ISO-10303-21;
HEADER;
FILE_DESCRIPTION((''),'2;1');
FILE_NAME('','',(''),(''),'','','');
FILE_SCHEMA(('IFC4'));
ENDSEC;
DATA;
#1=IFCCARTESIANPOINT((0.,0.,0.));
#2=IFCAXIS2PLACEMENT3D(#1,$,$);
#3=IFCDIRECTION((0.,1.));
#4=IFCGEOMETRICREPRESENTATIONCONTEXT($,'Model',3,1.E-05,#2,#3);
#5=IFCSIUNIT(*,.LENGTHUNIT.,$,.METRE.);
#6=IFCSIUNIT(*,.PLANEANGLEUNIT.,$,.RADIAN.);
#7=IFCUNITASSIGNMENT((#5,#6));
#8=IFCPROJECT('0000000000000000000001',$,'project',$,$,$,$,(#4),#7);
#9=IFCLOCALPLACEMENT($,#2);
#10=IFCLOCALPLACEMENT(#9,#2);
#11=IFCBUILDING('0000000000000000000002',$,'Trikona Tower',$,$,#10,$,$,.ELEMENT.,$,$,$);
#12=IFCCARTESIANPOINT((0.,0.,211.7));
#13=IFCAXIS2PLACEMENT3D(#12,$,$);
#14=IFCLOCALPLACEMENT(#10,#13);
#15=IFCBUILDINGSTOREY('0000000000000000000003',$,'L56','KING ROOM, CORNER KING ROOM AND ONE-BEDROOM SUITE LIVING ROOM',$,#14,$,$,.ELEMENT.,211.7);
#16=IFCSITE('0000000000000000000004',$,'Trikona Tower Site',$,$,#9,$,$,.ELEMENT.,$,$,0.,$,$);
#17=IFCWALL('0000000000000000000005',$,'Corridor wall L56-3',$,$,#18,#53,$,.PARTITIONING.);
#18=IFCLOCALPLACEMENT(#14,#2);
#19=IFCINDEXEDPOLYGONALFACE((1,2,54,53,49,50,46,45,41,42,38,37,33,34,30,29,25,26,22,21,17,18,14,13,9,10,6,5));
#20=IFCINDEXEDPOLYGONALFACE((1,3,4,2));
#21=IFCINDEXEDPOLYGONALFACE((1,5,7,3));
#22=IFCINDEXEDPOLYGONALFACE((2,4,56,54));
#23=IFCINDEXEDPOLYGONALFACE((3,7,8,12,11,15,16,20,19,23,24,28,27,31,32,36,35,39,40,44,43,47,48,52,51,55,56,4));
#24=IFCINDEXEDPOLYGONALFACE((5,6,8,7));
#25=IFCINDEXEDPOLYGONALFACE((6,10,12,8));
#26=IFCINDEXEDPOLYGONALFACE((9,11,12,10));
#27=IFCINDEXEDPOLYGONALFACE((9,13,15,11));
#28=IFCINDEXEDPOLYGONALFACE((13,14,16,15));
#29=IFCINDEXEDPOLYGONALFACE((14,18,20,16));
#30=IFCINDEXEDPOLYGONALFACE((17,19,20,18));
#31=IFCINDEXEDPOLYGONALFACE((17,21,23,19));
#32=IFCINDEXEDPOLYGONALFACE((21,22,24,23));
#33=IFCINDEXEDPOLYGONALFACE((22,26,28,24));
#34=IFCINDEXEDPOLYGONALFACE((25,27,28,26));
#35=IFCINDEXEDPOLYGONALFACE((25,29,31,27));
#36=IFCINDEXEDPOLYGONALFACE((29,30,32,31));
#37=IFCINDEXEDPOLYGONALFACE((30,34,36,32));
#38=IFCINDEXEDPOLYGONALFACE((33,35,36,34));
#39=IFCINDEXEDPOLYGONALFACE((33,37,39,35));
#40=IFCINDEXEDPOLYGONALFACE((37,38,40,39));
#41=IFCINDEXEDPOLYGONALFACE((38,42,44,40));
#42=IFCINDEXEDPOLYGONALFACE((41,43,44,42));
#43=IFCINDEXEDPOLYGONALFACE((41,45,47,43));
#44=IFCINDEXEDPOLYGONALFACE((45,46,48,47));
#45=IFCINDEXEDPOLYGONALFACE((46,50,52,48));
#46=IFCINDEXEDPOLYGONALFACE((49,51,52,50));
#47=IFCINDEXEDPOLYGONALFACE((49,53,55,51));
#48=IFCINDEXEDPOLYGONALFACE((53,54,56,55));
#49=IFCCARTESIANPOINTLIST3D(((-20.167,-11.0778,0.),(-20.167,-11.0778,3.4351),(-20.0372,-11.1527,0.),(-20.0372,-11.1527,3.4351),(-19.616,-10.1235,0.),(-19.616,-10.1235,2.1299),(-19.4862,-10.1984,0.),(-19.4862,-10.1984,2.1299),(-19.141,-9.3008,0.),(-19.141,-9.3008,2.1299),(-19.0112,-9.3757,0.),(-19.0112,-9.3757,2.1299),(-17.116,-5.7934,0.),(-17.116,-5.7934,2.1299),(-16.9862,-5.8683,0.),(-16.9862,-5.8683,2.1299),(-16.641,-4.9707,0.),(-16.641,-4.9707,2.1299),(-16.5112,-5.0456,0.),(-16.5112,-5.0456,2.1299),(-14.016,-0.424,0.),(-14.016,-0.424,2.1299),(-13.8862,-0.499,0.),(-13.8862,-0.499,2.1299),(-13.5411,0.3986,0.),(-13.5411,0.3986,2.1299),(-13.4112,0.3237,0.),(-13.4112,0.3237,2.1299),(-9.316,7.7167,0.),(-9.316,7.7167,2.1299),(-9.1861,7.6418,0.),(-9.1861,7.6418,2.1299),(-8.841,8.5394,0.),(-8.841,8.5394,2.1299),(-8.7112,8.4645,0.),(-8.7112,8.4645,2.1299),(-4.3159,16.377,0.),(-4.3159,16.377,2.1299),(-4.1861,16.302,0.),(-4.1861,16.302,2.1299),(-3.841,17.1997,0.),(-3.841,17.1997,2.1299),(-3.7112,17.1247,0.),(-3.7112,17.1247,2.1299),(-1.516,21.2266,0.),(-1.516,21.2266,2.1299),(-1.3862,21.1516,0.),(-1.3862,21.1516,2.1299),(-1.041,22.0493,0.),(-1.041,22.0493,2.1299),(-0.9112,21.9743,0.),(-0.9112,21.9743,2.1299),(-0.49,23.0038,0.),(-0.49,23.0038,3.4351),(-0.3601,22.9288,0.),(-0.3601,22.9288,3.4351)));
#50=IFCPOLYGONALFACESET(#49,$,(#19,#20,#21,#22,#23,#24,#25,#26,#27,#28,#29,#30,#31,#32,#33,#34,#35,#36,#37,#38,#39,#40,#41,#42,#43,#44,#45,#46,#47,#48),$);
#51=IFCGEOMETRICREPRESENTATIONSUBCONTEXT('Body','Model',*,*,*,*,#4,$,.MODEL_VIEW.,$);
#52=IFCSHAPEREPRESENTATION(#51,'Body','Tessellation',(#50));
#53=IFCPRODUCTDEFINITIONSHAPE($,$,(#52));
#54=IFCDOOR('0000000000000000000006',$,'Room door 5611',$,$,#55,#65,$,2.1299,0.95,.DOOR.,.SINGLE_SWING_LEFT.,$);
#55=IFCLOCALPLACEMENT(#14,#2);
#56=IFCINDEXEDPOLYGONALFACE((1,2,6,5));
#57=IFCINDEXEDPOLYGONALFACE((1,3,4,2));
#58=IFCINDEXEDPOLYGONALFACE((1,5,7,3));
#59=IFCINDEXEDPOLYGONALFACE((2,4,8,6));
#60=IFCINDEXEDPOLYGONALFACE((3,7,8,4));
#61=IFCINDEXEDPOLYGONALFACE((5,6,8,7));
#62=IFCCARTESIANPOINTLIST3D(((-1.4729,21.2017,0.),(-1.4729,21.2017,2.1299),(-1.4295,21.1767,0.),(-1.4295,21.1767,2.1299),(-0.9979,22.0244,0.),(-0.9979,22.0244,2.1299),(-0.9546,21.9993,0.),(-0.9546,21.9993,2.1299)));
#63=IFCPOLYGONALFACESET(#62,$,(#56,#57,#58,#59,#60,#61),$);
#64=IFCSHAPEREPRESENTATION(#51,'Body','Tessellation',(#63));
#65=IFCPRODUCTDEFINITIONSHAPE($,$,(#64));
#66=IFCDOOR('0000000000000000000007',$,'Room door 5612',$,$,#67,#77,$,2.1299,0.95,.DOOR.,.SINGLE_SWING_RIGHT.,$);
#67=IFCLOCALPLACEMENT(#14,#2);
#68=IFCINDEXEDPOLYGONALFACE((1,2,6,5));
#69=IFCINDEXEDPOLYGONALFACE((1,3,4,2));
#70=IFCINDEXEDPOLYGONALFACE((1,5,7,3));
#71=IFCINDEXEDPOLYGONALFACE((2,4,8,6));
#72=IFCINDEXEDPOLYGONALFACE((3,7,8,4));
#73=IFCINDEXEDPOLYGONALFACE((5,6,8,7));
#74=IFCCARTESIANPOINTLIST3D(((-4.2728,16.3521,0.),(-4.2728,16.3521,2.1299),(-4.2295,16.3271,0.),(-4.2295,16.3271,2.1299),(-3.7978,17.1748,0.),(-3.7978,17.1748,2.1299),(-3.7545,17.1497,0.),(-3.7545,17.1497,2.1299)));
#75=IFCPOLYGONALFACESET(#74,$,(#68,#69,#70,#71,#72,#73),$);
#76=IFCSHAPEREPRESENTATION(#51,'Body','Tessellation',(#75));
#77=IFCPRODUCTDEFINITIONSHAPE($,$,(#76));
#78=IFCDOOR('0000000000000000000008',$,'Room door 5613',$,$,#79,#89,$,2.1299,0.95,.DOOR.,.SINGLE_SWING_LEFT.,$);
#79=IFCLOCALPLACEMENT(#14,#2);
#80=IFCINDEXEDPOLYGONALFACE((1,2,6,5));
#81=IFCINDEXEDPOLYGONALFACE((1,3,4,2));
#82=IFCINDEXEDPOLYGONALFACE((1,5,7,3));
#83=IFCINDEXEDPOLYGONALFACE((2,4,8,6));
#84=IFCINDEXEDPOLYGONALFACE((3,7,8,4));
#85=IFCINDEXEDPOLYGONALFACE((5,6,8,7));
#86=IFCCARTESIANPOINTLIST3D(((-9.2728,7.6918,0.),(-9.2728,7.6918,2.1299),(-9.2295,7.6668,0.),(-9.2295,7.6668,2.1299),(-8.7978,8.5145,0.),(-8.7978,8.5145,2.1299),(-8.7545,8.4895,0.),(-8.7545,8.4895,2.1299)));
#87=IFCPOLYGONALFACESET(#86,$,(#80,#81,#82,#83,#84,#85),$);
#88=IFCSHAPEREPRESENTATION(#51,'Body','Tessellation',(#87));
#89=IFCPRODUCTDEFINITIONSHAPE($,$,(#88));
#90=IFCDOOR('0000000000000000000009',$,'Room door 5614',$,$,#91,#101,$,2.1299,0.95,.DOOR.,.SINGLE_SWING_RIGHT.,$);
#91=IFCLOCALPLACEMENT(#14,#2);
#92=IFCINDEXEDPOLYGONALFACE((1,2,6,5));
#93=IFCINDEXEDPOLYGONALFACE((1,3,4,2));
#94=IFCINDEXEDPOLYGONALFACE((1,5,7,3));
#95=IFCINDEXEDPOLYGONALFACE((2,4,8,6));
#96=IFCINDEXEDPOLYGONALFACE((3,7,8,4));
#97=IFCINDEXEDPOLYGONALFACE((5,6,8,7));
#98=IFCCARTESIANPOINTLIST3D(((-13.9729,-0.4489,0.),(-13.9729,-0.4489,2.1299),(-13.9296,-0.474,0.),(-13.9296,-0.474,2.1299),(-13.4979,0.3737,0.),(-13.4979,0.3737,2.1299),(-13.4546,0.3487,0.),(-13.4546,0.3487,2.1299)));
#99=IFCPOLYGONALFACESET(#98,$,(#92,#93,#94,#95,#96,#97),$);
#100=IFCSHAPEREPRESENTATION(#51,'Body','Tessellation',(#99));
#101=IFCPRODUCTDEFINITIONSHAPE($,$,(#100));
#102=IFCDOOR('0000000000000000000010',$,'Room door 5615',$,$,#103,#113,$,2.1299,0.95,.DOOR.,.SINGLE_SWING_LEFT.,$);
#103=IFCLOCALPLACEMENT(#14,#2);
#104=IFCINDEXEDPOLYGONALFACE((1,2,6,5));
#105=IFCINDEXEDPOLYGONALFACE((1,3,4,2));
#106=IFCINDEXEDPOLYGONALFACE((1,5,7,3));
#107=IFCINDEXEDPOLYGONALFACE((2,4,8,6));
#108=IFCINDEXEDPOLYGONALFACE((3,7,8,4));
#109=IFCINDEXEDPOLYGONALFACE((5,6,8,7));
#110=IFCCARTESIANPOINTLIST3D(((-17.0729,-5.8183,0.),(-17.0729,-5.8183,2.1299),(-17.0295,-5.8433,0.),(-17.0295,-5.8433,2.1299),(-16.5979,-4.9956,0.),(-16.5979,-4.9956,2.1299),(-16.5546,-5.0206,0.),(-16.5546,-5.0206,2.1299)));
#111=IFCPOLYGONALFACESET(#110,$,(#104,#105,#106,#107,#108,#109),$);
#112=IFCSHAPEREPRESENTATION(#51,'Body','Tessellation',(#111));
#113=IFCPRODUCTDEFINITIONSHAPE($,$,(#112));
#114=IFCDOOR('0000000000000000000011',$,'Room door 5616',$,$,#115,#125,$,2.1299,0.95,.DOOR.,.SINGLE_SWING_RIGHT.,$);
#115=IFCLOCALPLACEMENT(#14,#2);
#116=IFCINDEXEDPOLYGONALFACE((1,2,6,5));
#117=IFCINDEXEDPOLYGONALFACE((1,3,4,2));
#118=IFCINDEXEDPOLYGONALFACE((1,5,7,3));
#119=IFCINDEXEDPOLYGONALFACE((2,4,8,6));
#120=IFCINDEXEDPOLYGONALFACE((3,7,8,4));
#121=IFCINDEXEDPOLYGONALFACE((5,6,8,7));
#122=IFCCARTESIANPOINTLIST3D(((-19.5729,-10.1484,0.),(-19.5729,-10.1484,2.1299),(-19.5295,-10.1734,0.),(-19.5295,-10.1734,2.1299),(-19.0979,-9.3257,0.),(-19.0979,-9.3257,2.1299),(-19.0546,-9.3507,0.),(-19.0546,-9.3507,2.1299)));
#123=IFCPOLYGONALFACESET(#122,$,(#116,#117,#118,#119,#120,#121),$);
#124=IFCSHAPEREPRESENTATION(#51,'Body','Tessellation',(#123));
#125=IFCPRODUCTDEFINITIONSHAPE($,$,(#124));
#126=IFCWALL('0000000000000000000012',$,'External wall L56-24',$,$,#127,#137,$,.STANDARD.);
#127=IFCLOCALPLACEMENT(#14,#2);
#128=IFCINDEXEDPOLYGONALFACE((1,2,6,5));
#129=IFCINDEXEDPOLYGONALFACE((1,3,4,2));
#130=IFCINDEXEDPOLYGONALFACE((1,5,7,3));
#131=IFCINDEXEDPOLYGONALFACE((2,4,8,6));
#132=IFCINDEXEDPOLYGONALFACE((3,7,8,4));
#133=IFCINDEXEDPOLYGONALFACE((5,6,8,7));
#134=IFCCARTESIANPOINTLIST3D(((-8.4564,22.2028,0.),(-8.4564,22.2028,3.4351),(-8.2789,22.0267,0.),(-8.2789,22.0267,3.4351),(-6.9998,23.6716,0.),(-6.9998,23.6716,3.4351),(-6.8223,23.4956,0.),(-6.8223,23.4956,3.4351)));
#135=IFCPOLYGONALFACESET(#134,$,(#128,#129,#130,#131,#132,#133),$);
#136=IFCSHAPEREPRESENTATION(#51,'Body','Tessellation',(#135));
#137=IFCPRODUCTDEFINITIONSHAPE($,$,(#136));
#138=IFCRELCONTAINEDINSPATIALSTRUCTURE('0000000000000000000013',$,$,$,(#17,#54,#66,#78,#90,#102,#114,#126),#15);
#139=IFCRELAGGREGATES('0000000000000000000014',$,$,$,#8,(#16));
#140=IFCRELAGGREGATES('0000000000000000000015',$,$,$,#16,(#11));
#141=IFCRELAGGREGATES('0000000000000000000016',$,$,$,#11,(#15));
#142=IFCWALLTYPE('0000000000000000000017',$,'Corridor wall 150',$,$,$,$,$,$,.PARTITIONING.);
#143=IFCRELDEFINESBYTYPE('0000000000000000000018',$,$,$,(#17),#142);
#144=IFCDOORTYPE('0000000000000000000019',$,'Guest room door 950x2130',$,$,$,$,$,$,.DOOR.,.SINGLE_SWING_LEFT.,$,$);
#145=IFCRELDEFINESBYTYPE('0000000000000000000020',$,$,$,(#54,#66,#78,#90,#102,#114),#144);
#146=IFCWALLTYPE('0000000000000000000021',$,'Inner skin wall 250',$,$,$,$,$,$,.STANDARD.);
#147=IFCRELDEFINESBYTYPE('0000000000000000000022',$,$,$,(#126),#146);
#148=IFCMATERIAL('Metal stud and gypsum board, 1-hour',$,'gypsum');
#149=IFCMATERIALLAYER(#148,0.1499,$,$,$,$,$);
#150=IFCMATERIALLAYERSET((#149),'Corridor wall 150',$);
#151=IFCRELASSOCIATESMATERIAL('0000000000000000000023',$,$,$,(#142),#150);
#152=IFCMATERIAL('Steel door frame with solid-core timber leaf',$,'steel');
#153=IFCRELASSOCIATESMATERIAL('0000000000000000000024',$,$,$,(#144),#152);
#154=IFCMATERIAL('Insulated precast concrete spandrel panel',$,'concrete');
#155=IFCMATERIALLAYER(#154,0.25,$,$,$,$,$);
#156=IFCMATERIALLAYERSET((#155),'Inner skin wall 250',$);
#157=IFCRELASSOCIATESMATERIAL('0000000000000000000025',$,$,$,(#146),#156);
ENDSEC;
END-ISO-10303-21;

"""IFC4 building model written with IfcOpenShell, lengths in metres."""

from ifc_helpers import new_model, si_unit, direction, frame, frame_2d, origin, place, context, subcontext, project, spatial, rectangle, extrude, material, layer, layer_set, type_object, element, fill, save


model = new_model("IFC4")

# Units and contexts
model_context = context("Model", 3, precision=1e-05, world=origin(), true_north=direction((0.0, 1.0)))
body_context = subcontext(model_context, "Body", "Model", "MODEL_VIEW")
ifc_project = project(units=[si_unit("LENGTHUNIT", "METRE"), si_unit("PLANEANGLEUNIT", "RADIAN")], contexts=[model_context])

# Site, building, storey
site_placement = place(None, origin())
site = spatial("IfcSite", under=ifc_project, at=site_placement, Name="Trikona Tower Site", CompositionType="ELEMENT", RefElevation=0.0)
building_placement = place(site_placement, origin())
building = spatial("IfcBuilding", under=site, at=building_placement, Name="Trikona Tower", CompositionType="ELEMENT")
storey_placement = place(building_placement, frame((0.0, 0.0, 211.7)))
storey = spatial("IfcBuildingStorey", under=building, at=storey_placement, Name="L56", Description="KING ROOM, CORNER KING ROOM AND ONE-BEDROOM SUITE LIVING ROOM", CompositionType="ELEMENT", Elevation=211.7)

# Wall, openings, doors
ifc_material_1 = material(Name="Metal stud and gypsum board, 1-hour", Category="gypsum")
ifc_layer_1 = layer(ifc_material_1, 0.1499)
ifc_layer_set_1 = layer_set([ifc_layer_1], Name="Corridor wall 150")
wall_type_1 = type_object("IfcWallType", Name="Corridor wall 150", PredefinedType="PARTITIONING", material=ifc_layer_set_1)
wall_1_placement = place(storey_placement, frame((-0.425, 22.9663, 0.0), z_axis=(0.0, 0.0, 1.0), x_axis=(-0.5, -0.866025, 0.0)))
wall_1 = element("IfcWall", 1, at=wall_1_placement, inside=storey, type_object=wall_type_1, Name="Corridor wall L56-3", PredefinedType="PARTITIONING", context=body_context, shape_type="SweptSolid", body=[
    extrude(rectangle(XDim=39.354, YDim=0.1499, at=frame_2d((19.677, 0.0))), origin(), (0.0, 0.0, 1.0), 3.4351),
])
opening_1_placement = place(wall_1_placement, frame((1.1021, 0.0, 0.0)))
opening_1 = element("IfcOpeningElement", 2, at=opening_1_placement, cuts=wall_1, PredefinedType="OPENING", context=body_context, shape_type="SweptSolid", body=[
    extrude(rectangle(XDim=0.95, YDim=2.1299, at=frame_2d((0.4751, 1.0649))), frame((0.0, 0.085, 0.0), z_axis=(0.0, -1.0, 0.0), x_axis=(1.0, 0.0, 0.0)), (0.0, 0.0, 1.0), 0.1699),
])
opening_2_placement = place(wall_1_placement, frame((6.7019, 0.0, 0.0)))
opening_2 = element("IfcOpeningElement", 3, at=opening_2_placement, cuts=wall_1, PredefinedType="OPENING", context=body_context, shape_type="SweptSolid", body=[
    extrude(rectangle(XDim=0.95, YDim=2.1299, at=frame_2d((0.4751, 1.0649))), frame((0.0, 0.085, 0.0), z_axis=(0.0, -1.0, 0.0), x_axis=(1.0, 0.0, 0.0)), (0.0, 0.0, 1.0), 0.1699),
])
opening_3_placement = place(wall_1_placement, frame((16.7019, 0.0, 0.0)))
opening_3 = element("IfcOpeningElement", 4, at=opening_3_placement, cuts=wall_1, PredefinedType="OPENING", context=body_context, shape_type="SweptSolid", body=[
    extrude(rectangle(XDim=0.95, YDim=2.1299, at=frame_2d((0.4751, 1.0649))), frame((0.0, 0.085, 0.0), z_axis=(0.0, -1.0, 0.0), x_axis=(1.0, 0.0, 0.0)), (0.0, 0.0, 1.0), 0.1699),
])
opening_4_placement = place(wall_1_placement, frame((26.1021, 0.0, 0.0)))
opening_4 = element("IfcOpeningElement", 5, at=opening_4_placement, cuts=wall_1, PredefinedType="OPENING", context=body_context, shape_type="SweptSolid", body=[
    extrude(rectangle(XDim=0.95, YDim=2.1299, at=frame_2d((0.4751, 1.0649))), frame((0.0, 0.085, 0.0), z_axis=(0.0, -1.0, 0.0), x_axis=(1.0, 0.0, 0.0)), (0.0, 0.0, 1.0), 0.1699),
])
opening_5_placement = place(wall_1_placement, frame((32.302, 0.0, 0.0)))
opening_5 = element("IfcOpeningElement", 6, at=opening_5_placement, cuts=wall_1, PredefinedType="OPENING", context=body_context, shape_type="SweptSolid", body=[
    extrude(rectangle(XDim=0.95, YDim=2.1299, at=frame_2d((0.4751, 1.0649))), frame((0.0, 0.085, 0.0), z_axis=(0.0, -1.0, 0.0), x_axis=(1.0, 0.0, 0.0)), (0.0, 0.0, 1.0), 0.1699),
])
opening_6_placement = place(wall_1_placement, frame((37.302, 0.0, 0.0)))
opening_6 = element("IfcOpeningElement", 7, at=opening_6_placement, cuts=wall_1, PredefinedType="OPENING", context=body_context, shape_type="SweptSolid", body=[
    extrude(rectangle(XDim=0.95, YDim=2.1299, at=frame_2d((0.4751, 1.0649))), frame((0.0, 0.085, 0.0), z_axis=(0.0, -1.0, 0.0), x_axis=(1.0, 0.0, 0.0)), (0.0, 0.0, 1.0), 0.1699),
])
ifc_material_2 = material(Name="Steel door frame with solid-core timber leaf", Category="steel")
door_type = type_object("IfcDoorType", Name="Guest room door 950x2130", OperationType="SINGLE_SWING_LEFT", PredefinedType="DOOR", material=ifc_material_2)
door_1_placement = place(opening_1_placement, origin())
door_1 = element("IfcDoor", 8, at=door_1_placement, inside=storey, type_object=door_type, Name="Room door 5611", OperationType="SINGLE_SWING_LEFT", OverallHeight=2.1299, OverallWidth=0.95, PredefinedType="DOOR", context=body_context, shape_type="SweptSolid", body=[
    extrude(rectangle(XDim=0.95, YDim=2.1299, at=frame_2d((0.4751, 1.0649))), frame((0.0, 0.0249, 0.0), z_axis=(0.0, -1.0, 0.0), x_axis=(1.0, 0.0, 0.0)), (0.0, 0.0, 1.0), 0.05),
])
fill(opening_1, door_1)
door_2_placement = place(opening_2_placement, origin())
door_2 = element("IfcDoor", 9, at=door_2_placement, inside=storey, type_object=door_type, Name="Room door 5612", OperationType="SINGLE_SWING_RIGHT", OverallHeight=2.1299, OverallWidth=0.95, PredefinedType="DOOR", context=body_context, shape_type="SweptSolid", body=[
    extrude(rectangle(XDim=0.95, YDim=2.1299, at=frame_2d((0.4751, 1.0649))), frame((0.0, 0.0249, 0.0), z_axis=(0.0, -1.0, 0.0), x_axis=(1.0, 0.0, 0.0)), (0.0, 0.0, 1.0), 0.05),
])
fill(opening_2, door_2)
door_3_placement = place(opening_3_placement, origin())
door_3 = element("IfcDoor", 10, at=door_3_placement, inside=storey, type_object=door_type, Name="Room door 5613", OperationType="SINGLE_SWING_LEFT", OverallHeight=2.1299, OverallWidth=0.95, PredefinedType="DOOR", context=body_context, shape_type="SweptSolid", body=[
    extrude(rectangle(XDim=0.95, YDim=2.1299, at=frame_2d((0.4751, 1.0649))), frame((0.0, 0.0249, 0.0), z_axis=(0.0, -1.0, 0.0), x_axis=(1.0, 0.0, 0.0)), (0.0, 0.0, 1.0), 0.05),
])
fill(opening_3, door_3)
door_4_placement = place(opening_4_placement, origin())
door_4 = element("IfcDoor", 11, at=door_4_placement, inside=storey, type_object=door_type, Name="Room door 5614", OperationType="SINGLE_SWING_RIGHT", OverallHeight=2.1299, OverallWidth=0.95, PredefinedType="DOOR", context=body_context, shape_type="SweptSolid", body=[
    extrude(rectangle(XDim=0.95, YDim=2.1299, at=frame_2d((0.4751, 1.0649))), frame((0.0, 0.0249, 0.0), z_axis=(0.0, -1.0, 0.0), x_axis=(1.0, 0.0, 0.0)), (0.0, 0.0, 1.0), 0.05),
])
fill(opening_4, door_4)
door_5_placement = place(opening_5_placement, origin())
door_5 = element("IfcDoor", 12, at=door_5_placement, inside=storey, type_object=door_type, Name="Room door 5615", OperationType="SINGLE_SWING_LEFT", OverallHeight=2.1299, OverallWidth=0.95, PredefinedType="DOOR", context=body_context, shape_type="SweptSolid", body=[
    extrude(rectangle(XDim=0.95, YDim=2.1299, at=frame_2d((0.4751, 1.0649))), frame((0.0, 0.0249, 0.0), z_axis=(0.0, -1.0, 0.0), x_axis=(1.0, 0.0, 0.0)), (0.0, 0.0, 1.0), 0.05),
])
fill(opening_5, door_5)
door_6_placement = place(opening_6_placement, origin())
door_6 = element("IfcDoor", 13, at=door_6_placement, inside=storey, type_object=door_type, Name="Room door 5616", OperationType="SINGLE_SWING_RIGHT", OverallHeight=2.1299, OverallWidth=0.95, PredefinedType="DOOR", context=body_context, shape_type="SweptSolid", body=[
    extrude(rectangle(XDim=0.95, YDim=2.1299, at=frame_2d((0.4751, 1.0649))), frame((0.0, 0.0249, 0.0), z_axis=(0.0, -1.0, 0.0), x_axis=(1.0, 0.0, 0.0)), (0.0, 0.0, 1.0), 0.05),
])
fill(opening_6, door_6)

# Wall
ifc_material_3 = material(Name="Insulated precast concrete spandrel panel", Category="concrete")
ifc_layer_2 = layer(ifc_material_3, 0.25)
ifc_layer_set_2 = layer_set([ifc_layer_2], Name="Inner skin wall 250")
wall_type_2 = type_object("IfcWallType", Name="Inner skin wall 250", PredefinedType="STANDARD", material=ifc_layer_set_2)
wall_2_placement = place(storey_placement, frame((-6.9111, 23.5835, 0.0), z_axis=(0.0, 0.0, 1.0), x_axis=(-0.70415, -0.710051, 0.0)))
element("IfcWall", 14, at=wall_2_placement, inside=storey, type_object=wall_type_2, Name="External wall L56-24", PredefinedType="STANDARD", context=body_context, shape_type="SweptSolid", body=[
    extrude(rectangle(XDim=2.0686, YDim=0.25, at=frame_2d((1.0342, 0.0))), origin(), (0.0, 0.0, 1.0), 3.4351),
])

save(model, "model.ifc")
